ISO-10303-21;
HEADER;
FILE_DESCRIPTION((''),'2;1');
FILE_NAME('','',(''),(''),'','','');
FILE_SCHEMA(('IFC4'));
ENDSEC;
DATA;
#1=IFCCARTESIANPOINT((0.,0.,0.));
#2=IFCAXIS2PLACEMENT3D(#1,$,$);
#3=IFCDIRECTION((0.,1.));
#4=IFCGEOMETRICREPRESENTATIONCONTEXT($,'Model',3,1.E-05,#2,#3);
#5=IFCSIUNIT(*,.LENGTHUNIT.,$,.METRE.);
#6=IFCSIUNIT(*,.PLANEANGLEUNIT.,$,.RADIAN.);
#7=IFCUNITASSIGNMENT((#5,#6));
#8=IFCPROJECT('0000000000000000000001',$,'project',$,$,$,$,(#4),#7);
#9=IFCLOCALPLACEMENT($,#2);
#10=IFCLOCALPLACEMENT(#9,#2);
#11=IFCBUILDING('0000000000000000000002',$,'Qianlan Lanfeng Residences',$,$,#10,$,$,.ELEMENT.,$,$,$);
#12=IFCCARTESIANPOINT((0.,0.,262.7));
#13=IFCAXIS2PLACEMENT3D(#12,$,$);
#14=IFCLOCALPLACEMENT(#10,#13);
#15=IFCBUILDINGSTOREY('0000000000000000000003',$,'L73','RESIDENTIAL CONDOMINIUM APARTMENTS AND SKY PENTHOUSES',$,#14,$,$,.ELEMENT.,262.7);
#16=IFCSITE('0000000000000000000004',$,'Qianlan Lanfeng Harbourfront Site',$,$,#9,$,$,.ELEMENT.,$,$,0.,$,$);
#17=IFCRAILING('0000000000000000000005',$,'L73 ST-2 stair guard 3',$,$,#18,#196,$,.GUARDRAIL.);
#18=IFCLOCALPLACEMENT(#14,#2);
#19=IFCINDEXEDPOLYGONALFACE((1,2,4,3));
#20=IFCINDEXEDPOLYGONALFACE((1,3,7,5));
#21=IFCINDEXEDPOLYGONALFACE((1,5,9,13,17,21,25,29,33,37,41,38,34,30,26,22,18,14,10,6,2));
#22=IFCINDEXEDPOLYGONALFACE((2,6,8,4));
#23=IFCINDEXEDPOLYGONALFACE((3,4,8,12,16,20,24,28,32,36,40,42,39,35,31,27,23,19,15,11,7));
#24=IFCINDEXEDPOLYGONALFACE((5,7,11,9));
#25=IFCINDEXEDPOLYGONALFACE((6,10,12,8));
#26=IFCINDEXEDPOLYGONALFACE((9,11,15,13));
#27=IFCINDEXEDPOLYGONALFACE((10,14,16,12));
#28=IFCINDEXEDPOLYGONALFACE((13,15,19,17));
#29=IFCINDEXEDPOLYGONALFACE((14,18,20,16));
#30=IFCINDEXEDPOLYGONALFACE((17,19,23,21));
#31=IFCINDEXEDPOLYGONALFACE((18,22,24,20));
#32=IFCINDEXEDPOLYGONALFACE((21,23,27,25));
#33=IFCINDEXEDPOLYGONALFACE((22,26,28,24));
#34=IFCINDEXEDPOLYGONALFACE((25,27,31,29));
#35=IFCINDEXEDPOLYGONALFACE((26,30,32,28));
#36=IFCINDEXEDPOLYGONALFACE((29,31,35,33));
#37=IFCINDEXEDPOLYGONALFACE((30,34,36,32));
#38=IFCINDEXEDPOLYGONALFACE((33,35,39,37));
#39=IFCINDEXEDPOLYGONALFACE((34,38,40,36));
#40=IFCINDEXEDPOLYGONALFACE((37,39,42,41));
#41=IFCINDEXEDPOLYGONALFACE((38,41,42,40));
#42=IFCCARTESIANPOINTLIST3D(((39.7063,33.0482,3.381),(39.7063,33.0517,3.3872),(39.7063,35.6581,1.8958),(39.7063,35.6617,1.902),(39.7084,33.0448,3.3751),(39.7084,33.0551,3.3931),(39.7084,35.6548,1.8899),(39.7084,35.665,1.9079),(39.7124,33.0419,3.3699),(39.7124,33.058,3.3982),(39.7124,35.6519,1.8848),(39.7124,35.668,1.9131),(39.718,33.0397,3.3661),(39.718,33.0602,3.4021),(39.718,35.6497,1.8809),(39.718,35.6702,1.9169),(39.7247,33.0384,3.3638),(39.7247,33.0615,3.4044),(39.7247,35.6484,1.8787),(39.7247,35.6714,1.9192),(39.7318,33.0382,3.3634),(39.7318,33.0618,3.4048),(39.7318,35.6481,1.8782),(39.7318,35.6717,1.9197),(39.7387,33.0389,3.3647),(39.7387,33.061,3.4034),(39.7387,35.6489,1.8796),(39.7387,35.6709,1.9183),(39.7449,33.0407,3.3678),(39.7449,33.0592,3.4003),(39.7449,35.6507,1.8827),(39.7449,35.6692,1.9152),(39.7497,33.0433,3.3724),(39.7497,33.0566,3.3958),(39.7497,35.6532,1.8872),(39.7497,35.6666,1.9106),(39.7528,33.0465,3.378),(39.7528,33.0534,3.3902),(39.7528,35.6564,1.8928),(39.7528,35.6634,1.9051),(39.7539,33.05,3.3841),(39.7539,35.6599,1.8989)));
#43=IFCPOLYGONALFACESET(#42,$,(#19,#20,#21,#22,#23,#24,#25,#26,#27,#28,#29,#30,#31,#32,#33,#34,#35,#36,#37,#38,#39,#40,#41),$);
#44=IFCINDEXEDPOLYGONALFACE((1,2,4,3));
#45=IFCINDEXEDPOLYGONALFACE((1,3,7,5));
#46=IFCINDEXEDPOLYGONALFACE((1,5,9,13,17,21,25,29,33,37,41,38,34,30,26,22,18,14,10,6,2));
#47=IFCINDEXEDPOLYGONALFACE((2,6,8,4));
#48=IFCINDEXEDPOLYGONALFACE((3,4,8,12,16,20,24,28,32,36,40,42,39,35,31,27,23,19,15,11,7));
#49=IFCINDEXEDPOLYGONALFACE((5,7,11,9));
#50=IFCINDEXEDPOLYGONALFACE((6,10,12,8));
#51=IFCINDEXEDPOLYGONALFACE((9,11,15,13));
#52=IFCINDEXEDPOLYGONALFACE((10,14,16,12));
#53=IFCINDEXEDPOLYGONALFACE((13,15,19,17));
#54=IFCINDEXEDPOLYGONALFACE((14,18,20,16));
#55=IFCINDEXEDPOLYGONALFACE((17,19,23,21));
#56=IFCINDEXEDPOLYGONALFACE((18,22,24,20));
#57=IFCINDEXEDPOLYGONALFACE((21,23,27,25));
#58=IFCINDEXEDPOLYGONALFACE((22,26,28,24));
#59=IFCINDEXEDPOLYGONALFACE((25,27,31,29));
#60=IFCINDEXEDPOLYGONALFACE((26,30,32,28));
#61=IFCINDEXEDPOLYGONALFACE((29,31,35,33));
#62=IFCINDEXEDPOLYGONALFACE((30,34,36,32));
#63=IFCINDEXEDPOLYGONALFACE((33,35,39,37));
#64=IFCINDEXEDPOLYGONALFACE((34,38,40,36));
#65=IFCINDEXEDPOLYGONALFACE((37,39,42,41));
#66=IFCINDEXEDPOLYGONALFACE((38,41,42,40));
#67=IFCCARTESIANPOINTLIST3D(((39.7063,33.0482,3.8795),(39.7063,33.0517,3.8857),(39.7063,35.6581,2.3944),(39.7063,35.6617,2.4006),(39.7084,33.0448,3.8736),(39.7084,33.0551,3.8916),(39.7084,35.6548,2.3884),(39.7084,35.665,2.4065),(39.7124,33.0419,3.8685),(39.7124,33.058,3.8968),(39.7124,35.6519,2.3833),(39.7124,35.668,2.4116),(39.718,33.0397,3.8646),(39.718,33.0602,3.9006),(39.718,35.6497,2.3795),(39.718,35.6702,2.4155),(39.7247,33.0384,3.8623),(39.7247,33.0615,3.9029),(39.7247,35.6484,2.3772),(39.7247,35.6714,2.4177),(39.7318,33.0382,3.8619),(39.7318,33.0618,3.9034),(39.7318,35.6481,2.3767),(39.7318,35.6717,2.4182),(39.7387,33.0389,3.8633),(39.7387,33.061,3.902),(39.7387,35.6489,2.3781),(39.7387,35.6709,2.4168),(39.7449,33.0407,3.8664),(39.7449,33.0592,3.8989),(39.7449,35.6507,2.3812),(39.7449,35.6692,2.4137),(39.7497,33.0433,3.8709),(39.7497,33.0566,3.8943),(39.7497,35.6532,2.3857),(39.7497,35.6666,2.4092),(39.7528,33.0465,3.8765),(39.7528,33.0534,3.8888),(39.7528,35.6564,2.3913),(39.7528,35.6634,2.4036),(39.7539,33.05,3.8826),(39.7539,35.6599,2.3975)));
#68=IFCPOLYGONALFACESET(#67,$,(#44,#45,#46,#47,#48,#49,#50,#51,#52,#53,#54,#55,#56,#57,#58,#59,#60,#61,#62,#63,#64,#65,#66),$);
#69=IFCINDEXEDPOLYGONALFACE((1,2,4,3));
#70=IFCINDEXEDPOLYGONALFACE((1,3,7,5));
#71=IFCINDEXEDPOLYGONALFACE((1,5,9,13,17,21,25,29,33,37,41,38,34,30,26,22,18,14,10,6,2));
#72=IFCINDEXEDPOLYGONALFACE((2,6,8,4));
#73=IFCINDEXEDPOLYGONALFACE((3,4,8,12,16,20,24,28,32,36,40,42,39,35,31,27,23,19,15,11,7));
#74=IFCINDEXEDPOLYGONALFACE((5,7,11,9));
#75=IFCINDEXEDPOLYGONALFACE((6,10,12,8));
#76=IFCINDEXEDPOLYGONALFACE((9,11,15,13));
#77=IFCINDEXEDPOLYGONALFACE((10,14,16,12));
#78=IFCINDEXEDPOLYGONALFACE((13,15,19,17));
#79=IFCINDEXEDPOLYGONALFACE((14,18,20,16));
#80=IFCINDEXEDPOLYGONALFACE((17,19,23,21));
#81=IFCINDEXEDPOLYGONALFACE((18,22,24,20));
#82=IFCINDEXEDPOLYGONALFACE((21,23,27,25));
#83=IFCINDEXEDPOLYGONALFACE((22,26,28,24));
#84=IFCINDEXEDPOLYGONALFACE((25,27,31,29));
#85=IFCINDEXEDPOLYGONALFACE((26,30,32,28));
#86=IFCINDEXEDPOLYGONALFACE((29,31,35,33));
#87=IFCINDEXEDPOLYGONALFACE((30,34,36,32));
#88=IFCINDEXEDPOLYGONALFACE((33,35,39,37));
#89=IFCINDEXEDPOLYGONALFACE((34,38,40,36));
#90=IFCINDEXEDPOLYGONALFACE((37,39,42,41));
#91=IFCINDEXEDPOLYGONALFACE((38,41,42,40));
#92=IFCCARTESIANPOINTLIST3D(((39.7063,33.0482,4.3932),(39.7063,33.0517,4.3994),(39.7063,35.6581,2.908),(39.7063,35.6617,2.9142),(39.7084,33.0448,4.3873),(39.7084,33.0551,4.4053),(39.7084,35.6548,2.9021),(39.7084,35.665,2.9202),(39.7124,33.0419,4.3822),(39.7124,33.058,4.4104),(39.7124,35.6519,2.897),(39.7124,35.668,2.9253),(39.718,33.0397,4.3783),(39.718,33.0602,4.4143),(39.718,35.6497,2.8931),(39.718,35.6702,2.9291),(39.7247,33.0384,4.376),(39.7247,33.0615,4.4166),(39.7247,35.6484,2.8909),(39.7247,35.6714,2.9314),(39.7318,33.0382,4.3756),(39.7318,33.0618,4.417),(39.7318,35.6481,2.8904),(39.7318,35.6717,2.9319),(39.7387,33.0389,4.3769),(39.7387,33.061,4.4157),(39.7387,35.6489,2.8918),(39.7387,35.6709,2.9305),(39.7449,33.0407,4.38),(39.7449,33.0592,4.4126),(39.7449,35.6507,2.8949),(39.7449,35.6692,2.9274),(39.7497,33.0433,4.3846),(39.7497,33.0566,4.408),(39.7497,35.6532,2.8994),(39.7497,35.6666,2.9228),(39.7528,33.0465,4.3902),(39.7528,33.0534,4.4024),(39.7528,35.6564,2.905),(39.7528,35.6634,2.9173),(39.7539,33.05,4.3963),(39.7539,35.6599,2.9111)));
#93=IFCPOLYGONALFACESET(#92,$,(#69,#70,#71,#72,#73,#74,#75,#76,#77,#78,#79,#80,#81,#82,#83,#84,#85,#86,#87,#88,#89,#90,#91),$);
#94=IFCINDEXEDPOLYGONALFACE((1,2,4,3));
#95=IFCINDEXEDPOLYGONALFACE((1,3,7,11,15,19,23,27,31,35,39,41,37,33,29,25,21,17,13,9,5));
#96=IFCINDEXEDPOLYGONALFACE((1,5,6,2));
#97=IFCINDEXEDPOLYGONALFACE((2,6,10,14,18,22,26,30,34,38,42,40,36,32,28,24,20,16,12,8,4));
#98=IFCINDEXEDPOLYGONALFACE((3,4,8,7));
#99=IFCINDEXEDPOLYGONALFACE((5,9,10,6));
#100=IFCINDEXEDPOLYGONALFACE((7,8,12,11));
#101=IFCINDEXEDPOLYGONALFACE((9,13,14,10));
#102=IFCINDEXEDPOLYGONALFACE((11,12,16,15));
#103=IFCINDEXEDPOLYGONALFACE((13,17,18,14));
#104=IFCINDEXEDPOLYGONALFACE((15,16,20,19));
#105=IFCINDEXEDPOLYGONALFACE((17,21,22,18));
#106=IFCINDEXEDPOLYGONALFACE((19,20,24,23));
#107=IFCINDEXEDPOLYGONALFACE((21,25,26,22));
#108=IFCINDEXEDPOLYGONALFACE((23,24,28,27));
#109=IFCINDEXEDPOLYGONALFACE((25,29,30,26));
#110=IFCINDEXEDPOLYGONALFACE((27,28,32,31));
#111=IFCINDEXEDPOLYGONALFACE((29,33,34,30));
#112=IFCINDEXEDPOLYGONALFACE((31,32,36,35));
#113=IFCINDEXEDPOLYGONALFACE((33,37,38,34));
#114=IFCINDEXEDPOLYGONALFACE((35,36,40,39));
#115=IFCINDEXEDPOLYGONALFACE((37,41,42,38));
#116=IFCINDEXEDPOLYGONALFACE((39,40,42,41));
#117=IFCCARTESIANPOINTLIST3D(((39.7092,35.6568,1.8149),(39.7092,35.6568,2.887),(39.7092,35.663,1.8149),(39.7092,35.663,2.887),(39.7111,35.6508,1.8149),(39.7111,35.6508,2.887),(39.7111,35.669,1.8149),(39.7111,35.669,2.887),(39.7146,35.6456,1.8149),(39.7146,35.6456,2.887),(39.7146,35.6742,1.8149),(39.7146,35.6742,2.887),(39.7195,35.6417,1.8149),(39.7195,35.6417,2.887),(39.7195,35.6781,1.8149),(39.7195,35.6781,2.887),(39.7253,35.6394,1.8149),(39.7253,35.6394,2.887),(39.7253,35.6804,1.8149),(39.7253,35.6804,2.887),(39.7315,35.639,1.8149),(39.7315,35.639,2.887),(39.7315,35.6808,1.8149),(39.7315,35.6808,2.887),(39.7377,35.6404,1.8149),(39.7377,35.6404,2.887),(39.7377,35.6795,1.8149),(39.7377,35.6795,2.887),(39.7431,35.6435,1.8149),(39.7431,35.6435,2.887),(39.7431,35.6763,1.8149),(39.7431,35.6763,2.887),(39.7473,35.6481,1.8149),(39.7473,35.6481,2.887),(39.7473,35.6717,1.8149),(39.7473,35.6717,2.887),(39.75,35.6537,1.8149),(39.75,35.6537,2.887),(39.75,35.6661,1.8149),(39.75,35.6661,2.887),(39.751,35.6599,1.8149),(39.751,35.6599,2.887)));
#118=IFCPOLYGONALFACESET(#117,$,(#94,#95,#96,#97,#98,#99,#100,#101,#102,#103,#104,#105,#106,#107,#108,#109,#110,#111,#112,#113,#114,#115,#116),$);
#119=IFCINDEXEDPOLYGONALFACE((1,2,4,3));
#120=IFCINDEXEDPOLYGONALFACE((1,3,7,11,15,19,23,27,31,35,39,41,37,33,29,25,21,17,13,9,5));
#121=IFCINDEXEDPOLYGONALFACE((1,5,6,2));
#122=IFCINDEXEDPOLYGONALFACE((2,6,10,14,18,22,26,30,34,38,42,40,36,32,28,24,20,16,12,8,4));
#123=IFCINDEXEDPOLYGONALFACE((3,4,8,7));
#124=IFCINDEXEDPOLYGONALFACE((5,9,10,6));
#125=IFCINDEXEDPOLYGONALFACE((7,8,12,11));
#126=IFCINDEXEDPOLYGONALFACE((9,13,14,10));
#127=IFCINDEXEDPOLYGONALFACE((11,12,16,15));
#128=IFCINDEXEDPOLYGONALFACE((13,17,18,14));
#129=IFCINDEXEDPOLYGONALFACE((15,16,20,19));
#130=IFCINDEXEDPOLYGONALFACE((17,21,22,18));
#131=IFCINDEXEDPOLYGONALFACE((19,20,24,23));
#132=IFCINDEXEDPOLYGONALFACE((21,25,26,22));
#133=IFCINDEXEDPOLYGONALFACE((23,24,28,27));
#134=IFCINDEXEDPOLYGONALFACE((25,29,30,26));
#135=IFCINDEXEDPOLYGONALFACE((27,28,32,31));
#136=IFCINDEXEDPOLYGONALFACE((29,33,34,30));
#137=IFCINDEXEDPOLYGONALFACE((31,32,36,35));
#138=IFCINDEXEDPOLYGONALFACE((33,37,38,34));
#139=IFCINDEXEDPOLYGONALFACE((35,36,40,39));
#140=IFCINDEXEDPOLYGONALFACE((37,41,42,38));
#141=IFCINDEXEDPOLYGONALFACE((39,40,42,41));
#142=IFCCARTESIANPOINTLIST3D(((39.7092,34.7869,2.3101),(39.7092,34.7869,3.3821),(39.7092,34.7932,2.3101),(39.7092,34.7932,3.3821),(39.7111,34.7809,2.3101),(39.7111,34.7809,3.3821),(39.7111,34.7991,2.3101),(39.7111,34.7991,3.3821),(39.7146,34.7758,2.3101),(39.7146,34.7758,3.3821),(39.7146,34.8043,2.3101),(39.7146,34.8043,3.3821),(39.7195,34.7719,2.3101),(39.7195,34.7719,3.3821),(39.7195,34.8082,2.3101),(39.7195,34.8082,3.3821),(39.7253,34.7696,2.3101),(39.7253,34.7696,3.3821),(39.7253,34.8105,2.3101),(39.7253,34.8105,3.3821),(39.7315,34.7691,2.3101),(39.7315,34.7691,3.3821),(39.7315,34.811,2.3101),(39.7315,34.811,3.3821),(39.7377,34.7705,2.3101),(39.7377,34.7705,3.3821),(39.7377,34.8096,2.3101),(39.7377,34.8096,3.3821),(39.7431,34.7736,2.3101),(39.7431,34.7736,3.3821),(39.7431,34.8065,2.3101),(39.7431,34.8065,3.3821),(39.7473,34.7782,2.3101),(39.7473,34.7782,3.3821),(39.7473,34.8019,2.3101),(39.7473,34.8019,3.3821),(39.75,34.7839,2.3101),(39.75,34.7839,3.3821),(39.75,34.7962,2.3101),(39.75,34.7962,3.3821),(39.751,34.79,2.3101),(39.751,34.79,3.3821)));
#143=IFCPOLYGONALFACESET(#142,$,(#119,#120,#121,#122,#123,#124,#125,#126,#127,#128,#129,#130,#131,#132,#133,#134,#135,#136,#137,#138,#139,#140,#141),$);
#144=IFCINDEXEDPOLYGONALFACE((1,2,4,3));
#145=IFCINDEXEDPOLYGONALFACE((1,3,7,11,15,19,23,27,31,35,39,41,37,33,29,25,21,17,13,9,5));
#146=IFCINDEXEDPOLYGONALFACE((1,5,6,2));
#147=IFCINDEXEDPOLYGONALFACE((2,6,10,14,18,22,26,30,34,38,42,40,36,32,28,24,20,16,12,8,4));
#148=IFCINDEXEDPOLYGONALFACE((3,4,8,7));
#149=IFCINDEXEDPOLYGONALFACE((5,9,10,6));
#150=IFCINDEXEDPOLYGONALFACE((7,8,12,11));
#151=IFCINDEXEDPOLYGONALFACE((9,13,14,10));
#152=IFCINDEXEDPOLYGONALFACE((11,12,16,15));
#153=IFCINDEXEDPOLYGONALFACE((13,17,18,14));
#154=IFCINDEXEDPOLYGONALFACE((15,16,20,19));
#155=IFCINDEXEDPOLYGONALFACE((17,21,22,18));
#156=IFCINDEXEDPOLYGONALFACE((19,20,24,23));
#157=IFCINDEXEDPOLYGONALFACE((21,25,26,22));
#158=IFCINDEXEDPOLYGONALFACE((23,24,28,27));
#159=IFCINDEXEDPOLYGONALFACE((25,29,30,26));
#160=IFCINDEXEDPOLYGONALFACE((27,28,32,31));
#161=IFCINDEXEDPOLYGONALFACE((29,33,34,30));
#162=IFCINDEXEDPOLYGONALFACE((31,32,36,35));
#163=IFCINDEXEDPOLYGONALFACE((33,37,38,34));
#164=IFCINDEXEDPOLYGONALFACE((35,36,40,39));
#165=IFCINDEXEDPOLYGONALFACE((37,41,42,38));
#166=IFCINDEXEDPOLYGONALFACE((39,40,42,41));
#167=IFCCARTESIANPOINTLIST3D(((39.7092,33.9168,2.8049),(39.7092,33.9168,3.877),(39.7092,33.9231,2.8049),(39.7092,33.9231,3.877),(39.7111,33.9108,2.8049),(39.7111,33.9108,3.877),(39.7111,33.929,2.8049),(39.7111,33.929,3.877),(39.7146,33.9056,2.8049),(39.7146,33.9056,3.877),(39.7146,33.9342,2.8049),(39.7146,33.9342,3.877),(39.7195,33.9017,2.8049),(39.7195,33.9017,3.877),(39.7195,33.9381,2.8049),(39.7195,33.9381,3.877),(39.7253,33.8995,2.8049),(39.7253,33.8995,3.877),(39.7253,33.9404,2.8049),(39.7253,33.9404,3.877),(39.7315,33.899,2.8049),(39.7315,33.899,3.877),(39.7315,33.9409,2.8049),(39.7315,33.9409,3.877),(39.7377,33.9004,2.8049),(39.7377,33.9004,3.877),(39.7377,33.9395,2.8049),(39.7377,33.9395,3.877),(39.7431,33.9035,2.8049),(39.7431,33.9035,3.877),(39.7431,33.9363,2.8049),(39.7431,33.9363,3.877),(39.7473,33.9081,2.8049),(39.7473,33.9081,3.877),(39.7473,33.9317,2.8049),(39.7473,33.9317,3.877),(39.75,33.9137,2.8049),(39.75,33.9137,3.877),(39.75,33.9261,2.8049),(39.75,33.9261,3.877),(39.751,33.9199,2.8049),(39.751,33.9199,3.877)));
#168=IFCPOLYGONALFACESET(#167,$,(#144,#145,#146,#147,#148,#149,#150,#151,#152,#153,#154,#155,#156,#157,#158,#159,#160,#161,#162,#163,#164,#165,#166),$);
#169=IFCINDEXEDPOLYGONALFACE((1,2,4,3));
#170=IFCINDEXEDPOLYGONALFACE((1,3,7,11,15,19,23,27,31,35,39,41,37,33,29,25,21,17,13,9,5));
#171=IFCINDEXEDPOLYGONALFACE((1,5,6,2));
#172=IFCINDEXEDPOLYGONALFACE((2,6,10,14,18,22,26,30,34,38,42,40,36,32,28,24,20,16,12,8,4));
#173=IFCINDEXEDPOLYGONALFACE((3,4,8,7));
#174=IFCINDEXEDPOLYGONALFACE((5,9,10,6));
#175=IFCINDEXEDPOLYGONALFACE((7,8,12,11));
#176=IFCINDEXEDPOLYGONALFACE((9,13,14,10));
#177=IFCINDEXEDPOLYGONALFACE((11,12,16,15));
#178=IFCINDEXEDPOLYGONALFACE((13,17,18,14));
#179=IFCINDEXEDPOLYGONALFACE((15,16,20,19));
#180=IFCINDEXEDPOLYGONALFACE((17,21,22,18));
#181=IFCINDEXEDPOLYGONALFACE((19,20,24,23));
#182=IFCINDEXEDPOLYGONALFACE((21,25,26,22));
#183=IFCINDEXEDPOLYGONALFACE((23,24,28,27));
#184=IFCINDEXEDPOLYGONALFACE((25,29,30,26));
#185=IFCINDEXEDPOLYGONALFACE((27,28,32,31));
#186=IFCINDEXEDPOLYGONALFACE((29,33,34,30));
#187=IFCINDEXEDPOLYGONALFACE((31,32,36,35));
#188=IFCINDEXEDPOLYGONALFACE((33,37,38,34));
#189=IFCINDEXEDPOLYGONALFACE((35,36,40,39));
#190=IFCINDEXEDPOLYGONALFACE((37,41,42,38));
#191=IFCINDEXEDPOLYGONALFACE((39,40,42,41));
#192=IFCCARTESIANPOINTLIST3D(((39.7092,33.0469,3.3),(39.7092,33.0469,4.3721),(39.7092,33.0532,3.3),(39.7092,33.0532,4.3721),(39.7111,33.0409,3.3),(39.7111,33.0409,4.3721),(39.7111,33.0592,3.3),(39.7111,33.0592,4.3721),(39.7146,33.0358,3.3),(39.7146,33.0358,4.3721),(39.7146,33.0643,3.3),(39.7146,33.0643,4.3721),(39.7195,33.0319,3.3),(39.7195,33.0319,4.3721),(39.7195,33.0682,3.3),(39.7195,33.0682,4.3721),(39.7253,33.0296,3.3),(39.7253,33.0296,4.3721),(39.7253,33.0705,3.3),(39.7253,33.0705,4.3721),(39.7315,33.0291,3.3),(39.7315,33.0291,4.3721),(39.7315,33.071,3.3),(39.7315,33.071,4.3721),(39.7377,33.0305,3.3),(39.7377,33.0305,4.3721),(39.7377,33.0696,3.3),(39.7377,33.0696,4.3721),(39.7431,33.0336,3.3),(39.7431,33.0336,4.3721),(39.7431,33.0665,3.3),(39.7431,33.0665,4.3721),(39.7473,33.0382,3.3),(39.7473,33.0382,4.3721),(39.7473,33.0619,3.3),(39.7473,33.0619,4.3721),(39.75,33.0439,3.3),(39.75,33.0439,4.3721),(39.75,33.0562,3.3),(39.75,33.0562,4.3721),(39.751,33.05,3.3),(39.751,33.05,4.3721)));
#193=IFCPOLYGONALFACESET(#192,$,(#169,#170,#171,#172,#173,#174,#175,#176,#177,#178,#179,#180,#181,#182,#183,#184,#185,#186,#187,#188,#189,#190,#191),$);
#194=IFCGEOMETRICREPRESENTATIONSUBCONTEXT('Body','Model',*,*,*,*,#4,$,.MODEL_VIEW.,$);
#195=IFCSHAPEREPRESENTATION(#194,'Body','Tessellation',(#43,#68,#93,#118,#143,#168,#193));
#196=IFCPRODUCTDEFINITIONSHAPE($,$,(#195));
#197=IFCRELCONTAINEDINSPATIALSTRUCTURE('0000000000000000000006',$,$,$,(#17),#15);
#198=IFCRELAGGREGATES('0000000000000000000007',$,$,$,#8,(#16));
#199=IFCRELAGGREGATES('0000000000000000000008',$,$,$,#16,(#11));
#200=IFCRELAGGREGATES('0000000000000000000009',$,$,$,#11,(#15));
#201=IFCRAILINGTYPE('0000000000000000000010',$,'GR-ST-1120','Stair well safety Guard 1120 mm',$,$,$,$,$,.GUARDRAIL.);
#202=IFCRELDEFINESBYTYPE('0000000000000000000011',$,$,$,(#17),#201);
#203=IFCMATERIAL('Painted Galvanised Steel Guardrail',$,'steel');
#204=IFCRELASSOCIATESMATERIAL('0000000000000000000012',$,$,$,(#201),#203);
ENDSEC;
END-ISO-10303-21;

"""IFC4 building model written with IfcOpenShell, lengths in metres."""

from ifc_helpers import new_model, si_unit, direction, frame, origin, origin_2d, place, context, subcontext, project, spatial, circle, extrude, material, type_object, element, save


model = new_model("IFC4")

# Units and contexts
model_context = context("Model", 3, precision=1e-05, world=origin(), true_north=direction((0.0, 1.0)))
body_context = subcontext(model_context, "Body", "Model", "MODEL_VIEW")
ifc_project = project(units=[si_unit("LENGTHUNIT", "METRE"), si_unit("PLANEANGLEUNIT", "RADIAN")], contexts=[model_context])

# Site, building, storey
site_placement = place(None, origin())
site = spatial("IfcSite", under=ifc_project, at=site_placement, Name="Qianlan Lanfeng Harbourfront Site", CompositionType="ELEMENT", RefElevation=0.0)
building_placement = place(site_placement, origin())
building = spatial("IfcBuilding", under=site, at=building_placement, Name="Qianlan Lanfeng Residences", CompositionType="ELEMENT")
storey_placement = place(building_placement, frame((0.0, 0.0, 262.7)))
storey = spatial("IfcBuildingStorey", under=building, at=storey_placement, Name="L73", Description="RESIDENTIAL CONDOMINIUM APARTMENTS AND SKY PENTHOUSES", CompositionType="ELEMENT", Elevation=262.7)

# Railing
ifc_material_1 = material(Name="Painted Galvanised Steel Guardrail", Category="steel")
railing_type_1 = type_object("IfcRailingType", Name="GR-ST-1120", Description="Stair well safety Guard 1120 mm", PredefinedType="GUARDRAIL", material=ifc_material_1)
railing_1_placement = place(storey_placement, frame((39.73, 35.6599, 1.8149)))
element("IfcRailing", 1, at=railing_1_placement, inside=storey, type_object=railing_type_1, Name="L73 ST-2 stair guard 3", PredefinedType="GUARDRAIL", context=body_context, shape_type="SweptSolid", body=[
    extrude(circle(Radius=0.0239, at=origin_2d()), frame((0.0, 0.0, 0.084), z_axis=(0.0, -0.869137, 0.494571), x_axis=(1.0, 0.0, 0.0)), (0.0, 0.0, 1.0), 3.0029),
    extrude(circle(Radius=0.0239, at=origin_2d()), frame((0.0, 0.0, 0.5825), z_axis=(0.0, -0.869137, 0.494571), x_axis=(1.0, 0.0, 0.0)), (0.0, 0.0, 1.0), 3.0029),
    extrude(circle(Radius=0.0239, at=origin_2d()), frame((0.0, 0.0, 1.0962), z_axis=(0.0, -0.869137, 0.494571), x_axis=(1.0, 0.0, 0.0)), (0.0, 0.0, 1.0), 3.0029),
    extrude(circle(Radius=0.021, at=origin_2d()), origin(), (0.0, 0.0, 1.0), 1.072),
    extrude(circle(Radius=0.021, at=origin_2d()), frame((0.0, -0.8699, 0.4951)), (0.0, 0.0, 1.0), 1.072),
    extrude(circle(Radius=0.021, at=origin_2d()), frame((0.0, -1.74, 0.99)), (0.0, 0.0, 1.0), 1.072),
    extrude(circle(Radius=0.021, at=origin_2d()), frame((0.0, -2.6099, 1.4851)), (0.0, 0.0, 1.0), 1.072),
])

save(model, "model.ifc")
